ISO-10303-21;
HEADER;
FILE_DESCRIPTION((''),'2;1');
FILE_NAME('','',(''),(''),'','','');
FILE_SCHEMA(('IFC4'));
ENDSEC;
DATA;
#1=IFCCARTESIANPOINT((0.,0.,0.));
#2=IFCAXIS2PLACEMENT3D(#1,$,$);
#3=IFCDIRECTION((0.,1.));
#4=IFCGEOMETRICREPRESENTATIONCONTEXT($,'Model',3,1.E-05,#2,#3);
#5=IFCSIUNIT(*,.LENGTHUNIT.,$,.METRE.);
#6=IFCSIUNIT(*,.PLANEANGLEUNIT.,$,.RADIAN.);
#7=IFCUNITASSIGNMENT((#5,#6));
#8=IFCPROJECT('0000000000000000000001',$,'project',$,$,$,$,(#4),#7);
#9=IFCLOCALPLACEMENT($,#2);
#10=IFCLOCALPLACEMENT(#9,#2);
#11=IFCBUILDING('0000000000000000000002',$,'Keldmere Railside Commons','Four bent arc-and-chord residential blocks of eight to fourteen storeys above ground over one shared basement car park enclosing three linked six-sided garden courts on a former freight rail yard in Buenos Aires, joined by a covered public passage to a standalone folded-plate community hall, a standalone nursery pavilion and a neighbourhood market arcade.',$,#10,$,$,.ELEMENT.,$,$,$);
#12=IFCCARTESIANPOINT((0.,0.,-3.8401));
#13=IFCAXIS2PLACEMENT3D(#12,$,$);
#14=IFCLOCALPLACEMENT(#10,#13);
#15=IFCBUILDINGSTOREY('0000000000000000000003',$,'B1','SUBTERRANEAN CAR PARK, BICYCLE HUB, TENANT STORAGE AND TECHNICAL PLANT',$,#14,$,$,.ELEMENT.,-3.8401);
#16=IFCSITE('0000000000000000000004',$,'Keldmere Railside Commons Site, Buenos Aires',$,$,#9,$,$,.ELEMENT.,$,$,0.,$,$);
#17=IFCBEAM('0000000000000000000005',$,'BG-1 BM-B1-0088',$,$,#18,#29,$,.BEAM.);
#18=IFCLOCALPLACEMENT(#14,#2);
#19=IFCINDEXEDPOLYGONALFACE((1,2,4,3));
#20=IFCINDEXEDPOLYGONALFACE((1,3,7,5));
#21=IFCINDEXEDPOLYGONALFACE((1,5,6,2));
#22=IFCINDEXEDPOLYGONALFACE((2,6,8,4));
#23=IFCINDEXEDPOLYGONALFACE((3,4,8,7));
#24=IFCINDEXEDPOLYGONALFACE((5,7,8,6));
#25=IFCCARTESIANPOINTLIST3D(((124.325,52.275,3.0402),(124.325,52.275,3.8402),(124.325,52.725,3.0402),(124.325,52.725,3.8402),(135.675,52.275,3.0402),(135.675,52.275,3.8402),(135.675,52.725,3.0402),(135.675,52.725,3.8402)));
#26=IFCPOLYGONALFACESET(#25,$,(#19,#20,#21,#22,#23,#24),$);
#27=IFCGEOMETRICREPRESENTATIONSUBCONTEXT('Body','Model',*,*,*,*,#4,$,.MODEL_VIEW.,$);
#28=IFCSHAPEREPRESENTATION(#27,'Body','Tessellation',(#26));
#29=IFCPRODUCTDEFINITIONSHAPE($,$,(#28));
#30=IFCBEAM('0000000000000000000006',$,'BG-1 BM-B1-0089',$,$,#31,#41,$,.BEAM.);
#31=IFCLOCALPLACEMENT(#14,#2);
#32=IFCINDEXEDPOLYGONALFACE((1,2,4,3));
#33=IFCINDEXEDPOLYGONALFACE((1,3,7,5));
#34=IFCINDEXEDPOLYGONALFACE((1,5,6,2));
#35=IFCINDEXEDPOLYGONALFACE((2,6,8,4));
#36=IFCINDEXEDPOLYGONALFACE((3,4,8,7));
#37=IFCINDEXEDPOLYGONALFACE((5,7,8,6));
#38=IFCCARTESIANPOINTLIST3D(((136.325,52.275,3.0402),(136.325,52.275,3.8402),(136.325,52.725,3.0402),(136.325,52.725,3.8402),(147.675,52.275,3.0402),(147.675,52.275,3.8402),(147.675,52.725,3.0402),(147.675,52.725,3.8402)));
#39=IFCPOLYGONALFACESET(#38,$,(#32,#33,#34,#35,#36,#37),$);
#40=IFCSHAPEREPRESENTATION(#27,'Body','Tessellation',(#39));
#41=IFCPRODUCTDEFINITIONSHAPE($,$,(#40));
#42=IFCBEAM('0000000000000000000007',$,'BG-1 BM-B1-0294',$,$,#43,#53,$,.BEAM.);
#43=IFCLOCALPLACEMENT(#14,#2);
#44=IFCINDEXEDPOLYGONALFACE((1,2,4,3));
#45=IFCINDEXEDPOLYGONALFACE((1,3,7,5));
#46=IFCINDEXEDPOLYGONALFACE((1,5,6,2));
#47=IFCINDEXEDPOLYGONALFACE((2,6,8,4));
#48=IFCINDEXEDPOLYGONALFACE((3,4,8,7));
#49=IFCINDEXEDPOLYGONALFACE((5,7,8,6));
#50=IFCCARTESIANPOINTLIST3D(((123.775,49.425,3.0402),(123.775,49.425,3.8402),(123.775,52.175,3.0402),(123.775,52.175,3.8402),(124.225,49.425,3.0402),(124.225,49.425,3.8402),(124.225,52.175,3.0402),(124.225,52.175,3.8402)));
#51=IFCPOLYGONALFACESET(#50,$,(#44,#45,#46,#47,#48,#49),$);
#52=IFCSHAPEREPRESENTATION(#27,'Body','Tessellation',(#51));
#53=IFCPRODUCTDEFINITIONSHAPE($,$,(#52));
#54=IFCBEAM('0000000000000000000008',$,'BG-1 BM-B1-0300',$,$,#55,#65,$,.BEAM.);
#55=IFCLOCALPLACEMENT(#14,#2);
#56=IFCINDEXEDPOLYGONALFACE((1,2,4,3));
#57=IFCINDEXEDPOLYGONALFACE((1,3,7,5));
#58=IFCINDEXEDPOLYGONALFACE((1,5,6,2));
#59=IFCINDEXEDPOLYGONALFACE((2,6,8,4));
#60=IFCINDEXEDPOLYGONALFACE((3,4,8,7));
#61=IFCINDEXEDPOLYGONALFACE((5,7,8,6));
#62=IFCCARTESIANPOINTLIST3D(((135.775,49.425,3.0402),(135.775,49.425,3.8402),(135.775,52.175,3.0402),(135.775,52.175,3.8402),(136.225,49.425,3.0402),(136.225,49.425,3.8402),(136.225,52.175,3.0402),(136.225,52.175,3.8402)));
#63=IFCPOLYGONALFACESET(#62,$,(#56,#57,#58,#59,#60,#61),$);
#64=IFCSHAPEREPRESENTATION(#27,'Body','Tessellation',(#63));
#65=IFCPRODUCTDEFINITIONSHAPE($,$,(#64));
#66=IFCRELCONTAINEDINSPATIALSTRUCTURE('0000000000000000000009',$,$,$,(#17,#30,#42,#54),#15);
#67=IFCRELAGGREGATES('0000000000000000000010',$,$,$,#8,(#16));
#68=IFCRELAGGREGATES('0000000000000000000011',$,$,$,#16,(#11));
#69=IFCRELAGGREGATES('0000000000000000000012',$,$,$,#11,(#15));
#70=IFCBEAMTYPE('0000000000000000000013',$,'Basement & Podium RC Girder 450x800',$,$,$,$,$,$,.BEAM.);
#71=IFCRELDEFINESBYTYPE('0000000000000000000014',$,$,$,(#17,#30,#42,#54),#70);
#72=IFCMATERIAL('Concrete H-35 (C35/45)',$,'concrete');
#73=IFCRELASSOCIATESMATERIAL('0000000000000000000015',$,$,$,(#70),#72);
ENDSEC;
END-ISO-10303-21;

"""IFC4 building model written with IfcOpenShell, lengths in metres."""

from ifc_helpers import new_model, si_unit, direction, frame, origin, origin_2d, place, context, subcontext, project, spatial, rectangle, extrude, material, material_profile, profile_set, type_object, element, save


model = new_model("IFC4")

# Units and contexts
model_context = context("Model", 3, precision=1e-05, world=origin(), true_north=direction((0.0, 1.0)))
body_context = subcontext(model_context, "Body", "Model", "MODEL_VIEW")
ifc_project = project(units=[si_unit("LENGTHUNIT", "METRE"), si_unit("PLANEANGLEUNIT", "RADIAN")], contexts=[model_context])

# Site, building, storey
site_placement = place(None, origin())
site = spatial("IfcSite", under=ifc_project, at=site_placement, Name="Keldmere Railside Commons Site, Buenos Aires", CompositionType="ELEMENT", RefElevation=0.0)
building_placement = place(site_placement, origin())
building = spatial("IfcBuilding", under=site, at=building_placement, Name="Keldmere Railside Commons", Description="Four bent arc-and-chord residential blocks of eight to fourteen storeys above ground over one shared basement car park enclosing three linked six-sided garden courts on a former freight rail yard in Buenos Aires, joined by a covered public passage to a standalone folded-plate community hall, a standalone nursery pavilion and a neighbourhood market arcade.", CompositionType="ELEMENT")
storey_placement = place(building_placement, frame((0.0, 0.0, -3.8401)))
storey = spatial("IfcBuildingStorey", under=building, at=storey_placement, Name="B1", Description="SUBTERRANEAN CAR PARK, BICYCLE HUB, TENANT STORAGE AND TECHNICAL PLANT", CompositionType="ELEMENT", Elevation=-3.8401)

# Beams
ifc_material_1 = material(Name="Concrete H-35 (C35/45)", Category="concrete")
ifc_material_profile_1 = material_profile(ifc_material_1, rectangle(XDim=0.45, YDim=0.8, at=origin_2d()), Name="RC-450x800")
ifc_profile_set_1 = profile_set([ifc_material_profile_1], Name="Concrete H-35 (C35/45)")
beam_type = type_object("IfcBeamType", Name="Basement & Podium RC Girder 450x800", PredefinedType="BEAM", material=ifc_profile_set_1)
for number, where, z_axis, x_axis, name in (
    (1, (124.325, 52.5, 3.4402), (1.0, 0.0, 0.0), (0.0, 1.0, 0.0), "BG-1 BM-B1-0088"),
    (2, (136.325, 52.5, 3.4402), (1.0, 0.0, 0.0), (0.0, 1.0, 0.0), "BG-1 BM-B1-0089"),
):
    element("IfcBeam", number, at=place(storey_placement, frame(where, z_axis=z_axis, x_axis=x_axis)), inside=storey, type_object=beam_type, Name=name, PredefinedType="BEAM", context=body_context, shape_type="SweptSolid", body=[
        extrude(rectangle(XDim=0.45, YDim=0.8, at=origin_2d()), origin(), (0.0, 0.0, 1.0), 11.3501),
    ])
for number, where, z_axis, x_axis, name in (
    (3, (124.0, 49.425, 3.4402), (0.0, 1.0, 0.0), (-1.0, 0.0, 0.0), "BG-1 BM-B1-0294"),
    (4, (136.0, 49.425, 3.4402), (0.0, 1.0, 0.0), (-1.0, 0.0, 0.0), "BG-1 BM-B1-0300"),
):
    element("IfcBeam", number, at=place(storey_placement, frame(where, z_axis=z_axis, x_axis=x_axis)), inside=storey, type_object=beam_type, Name=name, PredefinedType="BEAM", context=body_context, shape_type="SweptSolid", body=[
        extrude(rectangle(XDim=0.45, YDim=0.8, at=origin_2d()), origin(), (0.0, 0.0, 1.0), 2.75),
    ])

save(model, "model.ifc")
